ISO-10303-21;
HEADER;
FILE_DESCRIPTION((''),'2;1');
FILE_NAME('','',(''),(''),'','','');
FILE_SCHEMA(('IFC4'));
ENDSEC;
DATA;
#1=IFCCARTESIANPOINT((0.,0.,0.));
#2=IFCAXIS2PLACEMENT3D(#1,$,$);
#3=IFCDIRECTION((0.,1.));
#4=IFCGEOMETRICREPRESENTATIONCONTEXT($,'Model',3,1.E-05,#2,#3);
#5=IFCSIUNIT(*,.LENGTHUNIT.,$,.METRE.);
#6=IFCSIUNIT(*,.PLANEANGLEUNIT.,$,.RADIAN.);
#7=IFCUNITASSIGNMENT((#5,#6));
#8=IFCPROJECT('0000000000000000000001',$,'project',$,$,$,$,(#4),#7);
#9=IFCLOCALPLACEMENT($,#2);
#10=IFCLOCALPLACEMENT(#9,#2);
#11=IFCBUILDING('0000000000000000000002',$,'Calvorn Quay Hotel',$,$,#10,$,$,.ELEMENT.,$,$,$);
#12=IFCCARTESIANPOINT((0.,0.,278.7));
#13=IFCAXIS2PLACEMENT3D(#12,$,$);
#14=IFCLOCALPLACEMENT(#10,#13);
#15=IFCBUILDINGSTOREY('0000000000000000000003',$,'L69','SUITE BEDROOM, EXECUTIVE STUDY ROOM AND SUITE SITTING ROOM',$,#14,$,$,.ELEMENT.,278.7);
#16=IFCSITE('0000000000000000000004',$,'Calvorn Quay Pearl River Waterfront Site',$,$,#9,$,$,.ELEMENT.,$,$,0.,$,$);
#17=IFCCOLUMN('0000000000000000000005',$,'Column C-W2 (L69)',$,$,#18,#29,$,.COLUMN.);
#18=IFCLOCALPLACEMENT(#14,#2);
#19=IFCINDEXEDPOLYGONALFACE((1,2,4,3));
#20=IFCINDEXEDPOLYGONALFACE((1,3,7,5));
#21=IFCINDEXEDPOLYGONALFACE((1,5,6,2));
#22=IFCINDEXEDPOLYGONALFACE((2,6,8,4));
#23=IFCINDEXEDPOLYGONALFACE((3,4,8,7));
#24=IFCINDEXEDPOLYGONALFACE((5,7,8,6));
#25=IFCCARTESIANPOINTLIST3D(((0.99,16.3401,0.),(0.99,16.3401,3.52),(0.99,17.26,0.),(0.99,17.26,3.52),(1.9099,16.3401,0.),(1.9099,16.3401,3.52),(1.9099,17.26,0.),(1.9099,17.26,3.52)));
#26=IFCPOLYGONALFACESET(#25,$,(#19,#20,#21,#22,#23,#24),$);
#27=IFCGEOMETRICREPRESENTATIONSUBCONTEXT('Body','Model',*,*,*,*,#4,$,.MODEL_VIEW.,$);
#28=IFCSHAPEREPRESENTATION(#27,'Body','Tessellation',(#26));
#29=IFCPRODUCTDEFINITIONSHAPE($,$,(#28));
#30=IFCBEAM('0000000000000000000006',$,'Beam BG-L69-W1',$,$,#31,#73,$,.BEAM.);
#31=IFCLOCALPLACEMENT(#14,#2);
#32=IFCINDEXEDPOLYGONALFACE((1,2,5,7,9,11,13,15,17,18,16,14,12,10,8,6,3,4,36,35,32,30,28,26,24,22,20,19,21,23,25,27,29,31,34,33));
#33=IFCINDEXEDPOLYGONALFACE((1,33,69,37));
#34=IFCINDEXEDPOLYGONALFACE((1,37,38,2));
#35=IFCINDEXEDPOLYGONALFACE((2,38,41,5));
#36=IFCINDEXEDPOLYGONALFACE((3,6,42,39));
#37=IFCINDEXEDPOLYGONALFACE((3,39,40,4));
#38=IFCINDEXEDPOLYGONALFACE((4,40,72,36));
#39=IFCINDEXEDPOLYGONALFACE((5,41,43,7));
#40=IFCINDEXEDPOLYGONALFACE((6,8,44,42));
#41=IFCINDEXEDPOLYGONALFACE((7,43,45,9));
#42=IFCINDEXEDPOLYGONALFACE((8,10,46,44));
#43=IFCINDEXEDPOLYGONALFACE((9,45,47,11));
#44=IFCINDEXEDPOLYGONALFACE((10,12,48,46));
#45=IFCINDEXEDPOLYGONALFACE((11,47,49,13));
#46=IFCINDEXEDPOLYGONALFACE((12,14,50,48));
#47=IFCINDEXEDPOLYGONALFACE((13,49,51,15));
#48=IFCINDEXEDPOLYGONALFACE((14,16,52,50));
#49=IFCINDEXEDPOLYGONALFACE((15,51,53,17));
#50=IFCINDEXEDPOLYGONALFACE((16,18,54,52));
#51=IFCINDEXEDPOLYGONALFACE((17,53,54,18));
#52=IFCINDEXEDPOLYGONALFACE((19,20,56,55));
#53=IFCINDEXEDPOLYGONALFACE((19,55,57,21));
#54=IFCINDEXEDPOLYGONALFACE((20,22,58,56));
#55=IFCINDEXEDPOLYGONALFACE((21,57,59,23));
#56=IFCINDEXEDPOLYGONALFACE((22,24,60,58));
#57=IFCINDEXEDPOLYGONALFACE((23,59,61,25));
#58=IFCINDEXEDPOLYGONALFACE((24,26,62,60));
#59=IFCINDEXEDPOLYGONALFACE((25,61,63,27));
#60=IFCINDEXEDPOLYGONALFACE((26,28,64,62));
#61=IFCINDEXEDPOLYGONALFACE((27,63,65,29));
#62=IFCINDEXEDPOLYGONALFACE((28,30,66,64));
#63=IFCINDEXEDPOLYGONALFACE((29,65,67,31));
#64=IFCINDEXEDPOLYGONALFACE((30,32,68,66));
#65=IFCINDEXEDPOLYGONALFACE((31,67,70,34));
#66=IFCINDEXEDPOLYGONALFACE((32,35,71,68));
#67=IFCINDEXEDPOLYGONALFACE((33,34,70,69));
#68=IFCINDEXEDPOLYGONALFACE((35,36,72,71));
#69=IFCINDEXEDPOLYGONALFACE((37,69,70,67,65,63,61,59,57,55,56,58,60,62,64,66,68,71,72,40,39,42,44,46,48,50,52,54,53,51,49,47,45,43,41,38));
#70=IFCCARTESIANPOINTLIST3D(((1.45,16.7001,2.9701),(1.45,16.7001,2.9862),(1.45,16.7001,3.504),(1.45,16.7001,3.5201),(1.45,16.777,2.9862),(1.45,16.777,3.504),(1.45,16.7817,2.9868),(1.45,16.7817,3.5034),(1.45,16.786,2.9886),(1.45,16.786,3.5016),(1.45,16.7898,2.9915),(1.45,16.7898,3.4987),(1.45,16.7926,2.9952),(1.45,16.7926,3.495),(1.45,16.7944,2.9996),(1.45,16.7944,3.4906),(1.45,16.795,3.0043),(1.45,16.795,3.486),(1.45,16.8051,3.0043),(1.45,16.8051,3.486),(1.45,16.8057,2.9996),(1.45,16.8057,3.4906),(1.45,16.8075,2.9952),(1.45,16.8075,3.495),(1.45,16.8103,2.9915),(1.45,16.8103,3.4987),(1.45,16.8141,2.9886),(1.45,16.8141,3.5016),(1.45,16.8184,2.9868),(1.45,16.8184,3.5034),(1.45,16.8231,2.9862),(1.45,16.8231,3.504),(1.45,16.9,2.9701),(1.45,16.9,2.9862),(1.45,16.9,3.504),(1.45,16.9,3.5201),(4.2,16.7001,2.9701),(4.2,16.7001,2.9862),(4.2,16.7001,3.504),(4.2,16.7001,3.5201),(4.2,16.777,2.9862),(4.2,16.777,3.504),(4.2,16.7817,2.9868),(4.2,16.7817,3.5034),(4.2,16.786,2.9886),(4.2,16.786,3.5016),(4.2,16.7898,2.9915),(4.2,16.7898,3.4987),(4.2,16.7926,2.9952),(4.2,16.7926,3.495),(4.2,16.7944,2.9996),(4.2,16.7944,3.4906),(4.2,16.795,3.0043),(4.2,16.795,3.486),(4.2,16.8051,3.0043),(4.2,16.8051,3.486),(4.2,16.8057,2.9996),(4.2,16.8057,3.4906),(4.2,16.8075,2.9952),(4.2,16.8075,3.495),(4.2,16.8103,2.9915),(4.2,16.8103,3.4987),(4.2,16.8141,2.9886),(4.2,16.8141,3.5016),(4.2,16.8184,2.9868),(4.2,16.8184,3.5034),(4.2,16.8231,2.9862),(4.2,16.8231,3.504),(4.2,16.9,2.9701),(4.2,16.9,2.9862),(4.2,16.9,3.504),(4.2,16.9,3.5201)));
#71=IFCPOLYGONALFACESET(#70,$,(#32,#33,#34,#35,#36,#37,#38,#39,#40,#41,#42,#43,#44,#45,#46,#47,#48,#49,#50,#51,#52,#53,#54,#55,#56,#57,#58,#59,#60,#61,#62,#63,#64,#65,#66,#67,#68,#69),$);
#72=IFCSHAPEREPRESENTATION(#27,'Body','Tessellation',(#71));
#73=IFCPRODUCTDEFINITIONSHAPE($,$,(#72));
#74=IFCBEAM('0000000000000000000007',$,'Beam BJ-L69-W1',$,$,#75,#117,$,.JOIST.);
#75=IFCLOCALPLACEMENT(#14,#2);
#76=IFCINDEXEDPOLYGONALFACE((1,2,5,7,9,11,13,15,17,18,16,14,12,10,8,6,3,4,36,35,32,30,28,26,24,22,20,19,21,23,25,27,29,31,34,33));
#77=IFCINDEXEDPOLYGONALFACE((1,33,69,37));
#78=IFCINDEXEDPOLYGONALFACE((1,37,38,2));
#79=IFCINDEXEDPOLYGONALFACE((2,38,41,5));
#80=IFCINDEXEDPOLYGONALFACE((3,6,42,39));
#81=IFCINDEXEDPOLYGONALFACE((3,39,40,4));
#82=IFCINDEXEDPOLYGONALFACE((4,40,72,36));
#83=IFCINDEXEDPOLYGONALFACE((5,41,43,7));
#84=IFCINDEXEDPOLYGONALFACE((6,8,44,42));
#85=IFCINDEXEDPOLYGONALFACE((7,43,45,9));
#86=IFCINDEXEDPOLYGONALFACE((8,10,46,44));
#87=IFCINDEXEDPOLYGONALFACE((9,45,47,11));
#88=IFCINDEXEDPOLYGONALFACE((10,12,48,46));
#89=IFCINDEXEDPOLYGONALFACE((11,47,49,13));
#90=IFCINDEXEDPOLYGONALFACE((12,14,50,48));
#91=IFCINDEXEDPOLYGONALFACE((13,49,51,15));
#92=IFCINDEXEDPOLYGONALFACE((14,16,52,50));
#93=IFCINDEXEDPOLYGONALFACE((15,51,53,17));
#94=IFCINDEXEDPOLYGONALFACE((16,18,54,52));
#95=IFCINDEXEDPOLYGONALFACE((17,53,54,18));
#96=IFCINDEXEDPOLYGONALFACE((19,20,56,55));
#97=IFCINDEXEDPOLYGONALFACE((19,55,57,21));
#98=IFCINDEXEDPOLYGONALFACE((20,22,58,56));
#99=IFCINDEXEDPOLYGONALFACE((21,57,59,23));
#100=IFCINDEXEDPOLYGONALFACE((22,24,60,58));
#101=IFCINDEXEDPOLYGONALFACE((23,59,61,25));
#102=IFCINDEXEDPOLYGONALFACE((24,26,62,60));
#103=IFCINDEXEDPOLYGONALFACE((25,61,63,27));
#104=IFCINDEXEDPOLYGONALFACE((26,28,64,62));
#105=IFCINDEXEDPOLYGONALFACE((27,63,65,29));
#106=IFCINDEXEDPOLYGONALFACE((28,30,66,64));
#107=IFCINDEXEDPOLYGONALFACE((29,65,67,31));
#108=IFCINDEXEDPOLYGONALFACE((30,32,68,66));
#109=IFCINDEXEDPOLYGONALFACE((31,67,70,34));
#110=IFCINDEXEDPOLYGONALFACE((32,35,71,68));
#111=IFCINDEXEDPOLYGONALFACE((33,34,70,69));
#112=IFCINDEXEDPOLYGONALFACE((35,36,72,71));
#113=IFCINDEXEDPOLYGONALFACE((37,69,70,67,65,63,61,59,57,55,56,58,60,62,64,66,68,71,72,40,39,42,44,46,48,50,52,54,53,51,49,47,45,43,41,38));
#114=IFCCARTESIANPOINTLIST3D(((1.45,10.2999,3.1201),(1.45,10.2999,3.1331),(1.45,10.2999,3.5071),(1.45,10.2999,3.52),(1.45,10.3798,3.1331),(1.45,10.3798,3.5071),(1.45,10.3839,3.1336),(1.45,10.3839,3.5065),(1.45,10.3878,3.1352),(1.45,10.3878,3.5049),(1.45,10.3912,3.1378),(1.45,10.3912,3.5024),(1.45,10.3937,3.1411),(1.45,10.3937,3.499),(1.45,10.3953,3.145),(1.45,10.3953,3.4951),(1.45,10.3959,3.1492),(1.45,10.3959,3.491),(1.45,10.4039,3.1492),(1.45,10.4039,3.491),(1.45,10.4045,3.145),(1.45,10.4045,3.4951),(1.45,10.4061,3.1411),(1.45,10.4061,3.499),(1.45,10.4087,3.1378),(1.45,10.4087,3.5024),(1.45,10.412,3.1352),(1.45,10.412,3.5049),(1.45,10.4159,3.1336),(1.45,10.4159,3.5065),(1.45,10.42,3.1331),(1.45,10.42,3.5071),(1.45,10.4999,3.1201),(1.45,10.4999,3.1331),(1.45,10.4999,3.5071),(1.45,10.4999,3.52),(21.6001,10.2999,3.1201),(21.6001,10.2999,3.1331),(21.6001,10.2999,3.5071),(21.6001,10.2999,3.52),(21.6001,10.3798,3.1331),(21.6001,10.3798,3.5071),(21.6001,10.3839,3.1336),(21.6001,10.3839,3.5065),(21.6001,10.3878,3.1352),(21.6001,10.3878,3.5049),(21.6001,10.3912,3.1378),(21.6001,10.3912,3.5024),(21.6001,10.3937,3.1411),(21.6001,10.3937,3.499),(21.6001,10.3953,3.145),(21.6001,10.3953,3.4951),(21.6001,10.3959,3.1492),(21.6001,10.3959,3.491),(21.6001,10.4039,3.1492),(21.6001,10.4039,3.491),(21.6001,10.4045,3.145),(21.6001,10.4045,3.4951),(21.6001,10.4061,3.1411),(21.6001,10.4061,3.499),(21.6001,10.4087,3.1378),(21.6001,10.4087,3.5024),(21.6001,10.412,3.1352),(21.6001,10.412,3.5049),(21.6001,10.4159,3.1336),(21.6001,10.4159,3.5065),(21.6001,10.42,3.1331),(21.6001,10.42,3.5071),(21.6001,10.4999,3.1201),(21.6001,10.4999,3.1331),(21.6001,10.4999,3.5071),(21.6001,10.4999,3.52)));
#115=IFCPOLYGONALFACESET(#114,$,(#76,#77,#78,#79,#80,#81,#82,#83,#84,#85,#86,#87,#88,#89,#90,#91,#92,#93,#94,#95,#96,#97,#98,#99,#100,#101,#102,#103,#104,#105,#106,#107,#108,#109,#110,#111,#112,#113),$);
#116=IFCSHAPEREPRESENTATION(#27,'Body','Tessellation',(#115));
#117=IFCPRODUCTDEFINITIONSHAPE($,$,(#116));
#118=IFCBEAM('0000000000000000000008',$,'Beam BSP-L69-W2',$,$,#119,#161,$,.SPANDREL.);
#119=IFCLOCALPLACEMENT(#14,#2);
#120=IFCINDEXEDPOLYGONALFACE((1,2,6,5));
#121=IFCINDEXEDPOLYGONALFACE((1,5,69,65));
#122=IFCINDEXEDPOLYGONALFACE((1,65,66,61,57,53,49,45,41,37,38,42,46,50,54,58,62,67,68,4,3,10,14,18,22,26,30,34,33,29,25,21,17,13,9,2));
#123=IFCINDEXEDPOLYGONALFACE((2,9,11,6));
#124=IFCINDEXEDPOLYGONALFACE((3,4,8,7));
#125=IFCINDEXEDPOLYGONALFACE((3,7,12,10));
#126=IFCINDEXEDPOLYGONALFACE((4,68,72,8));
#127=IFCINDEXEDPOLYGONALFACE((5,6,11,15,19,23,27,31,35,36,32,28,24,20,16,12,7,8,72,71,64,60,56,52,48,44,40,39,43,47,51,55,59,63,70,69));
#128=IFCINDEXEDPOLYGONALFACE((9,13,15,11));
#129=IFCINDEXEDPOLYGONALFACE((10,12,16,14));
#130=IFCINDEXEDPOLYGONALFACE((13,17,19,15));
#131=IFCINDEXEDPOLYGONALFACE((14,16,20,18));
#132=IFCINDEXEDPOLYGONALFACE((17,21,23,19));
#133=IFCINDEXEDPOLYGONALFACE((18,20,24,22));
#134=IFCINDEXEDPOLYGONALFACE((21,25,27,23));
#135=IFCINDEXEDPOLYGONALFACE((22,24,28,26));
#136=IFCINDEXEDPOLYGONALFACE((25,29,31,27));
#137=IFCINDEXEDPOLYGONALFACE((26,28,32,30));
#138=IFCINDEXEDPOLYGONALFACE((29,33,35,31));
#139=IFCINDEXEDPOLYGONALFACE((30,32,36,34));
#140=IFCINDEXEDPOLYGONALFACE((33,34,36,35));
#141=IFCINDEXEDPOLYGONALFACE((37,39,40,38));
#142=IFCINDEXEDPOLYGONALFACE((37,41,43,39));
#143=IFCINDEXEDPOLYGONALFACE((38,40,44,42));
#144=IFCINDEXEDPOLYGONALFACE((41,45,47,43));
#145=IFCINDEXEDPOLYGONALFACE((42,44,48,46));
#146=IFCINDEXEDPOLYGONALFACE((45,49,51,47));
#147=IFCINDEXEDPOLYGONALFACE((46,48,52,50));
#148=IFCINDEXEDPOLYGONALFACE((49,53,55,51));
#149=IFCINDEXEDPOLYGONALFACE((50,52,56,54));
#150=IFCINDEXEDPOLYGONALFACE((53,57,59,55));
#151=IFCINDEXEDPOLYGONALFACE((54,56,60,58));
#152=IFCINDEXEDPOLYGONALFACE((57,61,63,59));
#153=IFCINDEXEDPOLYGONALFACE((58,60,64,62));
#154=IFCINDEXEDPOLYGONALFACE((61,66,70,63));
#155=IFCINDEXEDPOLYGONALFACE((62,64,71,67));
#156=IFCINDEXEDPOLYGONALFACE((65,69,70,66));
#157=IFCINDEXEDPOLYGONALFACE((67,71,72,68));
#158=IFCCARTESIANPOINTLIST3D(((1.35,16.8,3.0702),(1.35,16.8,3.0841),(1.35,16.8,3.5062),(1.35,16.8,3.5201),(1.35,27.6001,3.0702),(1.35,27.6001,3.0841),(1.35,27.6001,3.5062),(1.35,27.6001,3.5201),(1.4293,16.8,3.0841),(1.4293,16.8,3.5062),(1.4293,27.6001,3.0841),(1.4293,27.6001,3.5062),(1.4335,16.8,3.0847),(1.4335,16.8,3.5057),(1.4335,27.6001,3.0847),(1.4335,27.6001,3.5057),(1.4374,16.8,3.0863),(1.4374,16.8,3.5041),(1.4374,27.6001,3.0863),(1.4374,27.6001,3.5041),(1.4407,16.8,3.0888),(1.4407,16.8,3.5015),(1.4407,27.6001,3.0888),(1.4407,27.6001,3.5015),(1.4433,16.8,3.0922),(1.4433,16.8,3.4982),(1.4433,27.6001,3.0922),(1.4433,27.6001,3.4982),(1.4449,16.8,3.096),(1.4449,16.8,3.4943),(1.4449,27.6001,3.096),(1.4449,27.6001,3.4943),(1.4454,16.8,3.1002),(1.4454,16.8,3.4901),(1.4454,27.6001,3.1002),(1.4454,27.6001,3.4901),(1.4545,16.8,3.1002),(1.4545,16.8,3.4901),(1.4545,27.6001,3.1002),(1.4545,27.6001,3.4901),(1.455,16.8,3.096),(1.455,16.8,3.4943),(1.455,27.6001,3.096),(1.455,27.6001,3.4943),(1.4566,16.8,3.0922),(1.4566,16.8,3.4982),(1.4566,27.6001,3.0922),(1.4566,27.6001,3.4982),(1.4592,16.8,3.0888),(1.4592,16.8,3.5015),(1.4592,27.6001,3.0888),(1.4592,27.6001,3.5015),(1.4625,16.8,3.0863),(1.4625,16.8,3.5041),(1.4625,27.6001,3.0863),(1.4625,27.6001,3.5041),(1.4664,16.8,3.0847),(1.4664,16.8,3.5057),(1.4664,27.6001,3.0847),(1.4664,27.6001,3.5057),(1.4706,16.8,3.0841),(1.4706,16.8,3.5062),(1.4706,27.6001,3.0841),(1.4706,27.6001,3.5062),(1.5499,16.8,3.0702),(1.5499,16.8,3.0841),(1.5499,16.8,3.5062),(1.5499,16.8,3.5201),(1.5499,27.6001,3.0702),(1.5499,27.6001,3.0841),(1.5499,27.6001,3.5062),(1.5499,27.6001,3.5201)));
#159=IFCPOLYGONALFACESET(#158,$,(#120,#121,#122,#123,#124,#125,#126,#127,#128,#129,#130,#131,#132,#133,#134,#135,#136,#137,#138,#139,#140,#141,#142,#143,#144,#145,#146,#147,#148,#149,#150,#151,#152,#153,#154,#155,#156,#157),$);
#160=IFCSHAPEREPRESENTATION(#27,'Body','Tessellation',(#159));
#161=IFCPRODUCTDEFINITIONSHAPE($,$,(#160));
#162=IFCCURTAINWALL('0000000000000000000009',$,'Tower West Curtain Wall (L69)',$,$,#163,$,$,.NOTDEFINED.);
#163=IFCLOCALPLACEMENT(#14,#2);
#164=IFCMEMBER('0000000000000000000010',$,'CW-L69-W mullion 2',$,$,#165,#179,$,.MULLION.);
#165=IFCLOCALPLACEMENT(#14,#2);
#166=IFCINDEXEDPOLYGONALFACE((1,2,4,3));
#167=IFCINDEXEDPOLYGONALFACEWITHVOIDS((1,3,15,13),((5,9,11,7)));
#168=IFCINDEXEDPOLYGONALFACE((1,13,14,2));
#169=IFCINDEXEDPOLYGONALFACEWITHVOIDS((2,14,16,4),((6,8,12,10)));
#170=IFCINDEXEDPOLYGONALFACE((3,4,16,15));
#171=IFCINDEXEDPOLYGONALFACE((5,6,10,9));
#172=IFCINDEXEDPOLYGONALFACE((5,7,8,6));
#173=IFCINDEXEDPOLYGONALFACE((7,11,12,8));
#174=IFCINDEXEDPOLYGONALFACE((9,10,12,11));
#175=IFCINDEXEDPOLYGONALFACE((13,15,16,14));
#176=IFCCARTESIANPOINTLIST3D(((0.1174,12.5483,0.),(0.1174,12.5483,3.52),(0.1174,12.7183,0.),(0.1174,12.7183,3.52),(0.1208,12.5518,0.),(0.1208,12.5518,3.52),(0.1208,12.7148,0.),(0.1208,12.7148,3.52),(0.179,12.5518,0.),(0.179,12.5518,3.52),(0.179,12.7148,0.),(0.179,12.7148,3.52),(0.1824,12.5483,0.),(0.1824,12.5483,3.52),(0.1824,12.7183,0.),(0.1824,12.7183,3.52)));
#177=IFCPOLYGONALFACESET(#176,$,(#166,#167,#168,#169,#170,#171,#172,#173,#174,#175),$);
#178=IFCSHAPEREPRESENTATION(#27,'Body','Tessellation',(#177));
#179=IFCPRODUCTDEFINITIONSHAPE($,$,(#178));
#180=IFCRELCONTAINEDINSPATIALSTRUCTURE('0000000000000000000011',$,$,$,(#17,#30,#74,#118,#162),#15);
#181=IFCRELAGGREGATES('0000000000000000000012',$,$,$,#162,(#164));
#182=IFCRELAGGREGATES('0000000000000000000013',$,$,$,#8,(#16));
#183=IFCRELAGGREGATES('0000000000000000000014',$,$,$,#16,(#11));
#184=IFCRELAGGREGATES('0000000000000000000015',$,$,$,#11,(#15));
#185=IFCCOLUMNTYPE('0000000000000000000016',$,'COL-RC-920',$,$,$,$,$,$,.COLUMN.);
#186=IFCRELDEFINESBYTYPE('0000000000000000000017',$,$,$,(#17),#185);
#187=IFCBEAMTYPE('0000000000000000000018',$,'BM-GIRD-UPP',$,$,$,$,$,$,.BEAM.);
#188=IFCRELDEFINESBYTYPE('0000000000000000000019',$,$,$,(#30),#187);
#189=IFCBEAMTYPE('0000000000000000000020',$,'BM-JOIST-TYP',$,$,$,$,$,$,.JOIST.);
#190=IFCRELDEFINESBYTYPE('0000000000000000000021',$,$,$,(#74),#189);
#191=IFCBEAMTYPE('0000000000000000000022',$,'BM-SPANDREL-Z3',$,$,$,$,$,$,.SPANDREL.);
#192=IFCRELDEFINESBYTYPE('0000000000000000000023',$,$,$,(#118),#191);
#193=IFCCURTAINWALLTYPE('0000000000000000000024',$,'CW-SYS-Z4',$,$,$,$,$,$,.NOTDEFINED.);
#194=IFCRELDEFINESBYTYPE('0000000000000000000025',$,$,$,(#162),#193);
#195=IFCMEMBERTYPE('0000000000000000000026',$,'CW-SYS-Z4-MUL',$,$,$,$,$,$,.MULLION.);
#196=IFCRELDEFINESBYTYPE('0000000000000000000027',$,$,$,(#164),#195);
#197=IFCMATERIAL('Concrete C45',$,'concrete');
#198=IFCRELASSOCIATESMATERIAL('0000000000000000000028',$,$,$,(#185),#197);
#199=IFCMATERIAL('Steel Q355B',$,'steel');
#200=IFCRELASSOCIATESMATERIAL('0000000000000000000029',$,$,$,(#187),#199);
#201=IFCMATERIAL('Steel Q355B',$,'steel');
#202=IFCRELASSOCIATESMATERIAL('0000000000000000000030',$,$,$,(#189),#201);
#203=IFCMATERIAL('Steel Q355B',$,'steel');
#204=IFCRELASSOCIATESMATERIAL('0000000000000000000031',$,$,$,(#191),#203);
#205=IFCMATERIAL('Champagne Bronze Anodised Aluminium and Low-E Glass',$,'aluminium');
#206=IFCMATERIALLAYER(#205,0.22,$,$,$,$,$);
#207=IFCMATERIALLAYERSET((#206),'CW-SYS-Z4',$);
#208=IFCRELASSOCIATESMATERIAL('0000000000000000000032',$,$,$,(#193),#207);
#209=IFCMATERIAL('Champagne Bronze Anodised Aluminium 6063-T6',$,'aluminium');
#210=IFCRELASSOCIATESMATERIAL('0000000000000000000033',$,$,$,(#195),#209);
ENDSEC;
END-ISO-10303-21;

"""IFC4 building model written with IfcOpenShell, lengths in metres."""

from ifc_helpers import new_model, si_unit, direction, frame, origin, origin_2d, place, context, subcontext, project, spatial, rectangle, hollow_rectangle, i_section, extrude, material, layer, layer_set, material_profile, profile_set, type_object, element, aggregate, save


model = new_model("IFC4")

# Units and contexts
model_context = context("Model", 3, precision=1e-05, world=origin(), true_north=direction((0.0, 1.0)))
body_context = subcontext(model_context, "Body", "Model", "MODEL_VIEW")
ifc_project = project(units=[si_unit("LENGTHUNIT", "METRE"), si_unit("PLANEANGLEUNIT", "RADIAN")], contexts=[model_context])

# Site, building, storey
site_placement = place(None, origin())
site = spatial("IfcSite", under=ifc_project, at=site_placement, Name="Calvorn Quay Pearl River Waterfront Site", CompositionType="ELEMENT", RefElevation=0.0)
building_placement = place(site_placement, origin())
building = spatial("IfcBuilding", under=site, at=building_placement, Name="Calvorn Quay Hotel", CompositionType="ELEMENT")
storey_placement = place(building_placement, frame((0.0, 0.0, 278.7)))
storey = spatial("IfcBuildingStorey", under=building, at=storey_placement, Name="L69", Description="SUITE BEDROOM, EXECUTIVE STUDY ROOM AND SUITE SITTING ROOM", CompositionType="ELEMENT", Elevation=278.7)

# Column
ifc_material_1 = material(Name="Concrete C45", Category="concrete")
ifc_material_profile_1 = material_profile(ifc_material_1, rectangle(XDim=0.9199, YDim=0.9199, at=origin_2d()), Name="RC920x920")
ifc_profile_set_1 = profile_set([ifc_material_profile_1], Name="Concrete C45")
column_type = type_object("IfcColumnType", Name="COL-RC-920", PredefinedType="COLUMN", material=ifc_profile_set_1)
column_placement = place(storey_placement, frame((1.45, 16.8, 0.0), z_axis=(0.0, 0.0, 1.0), x_axis=(1.0, 0.0, 0.0)))
element("IfcColumn", 1, at=column_placement, inside=storey, type_object=column_type, Name="Column C-W2 (L69)", PredefinedType="COLUMN", context=body_context, shape_type="SweptSolid", body=[
    extrude(rectangle(XDim=0.9199, YDim=0.9199, at=origin_2d()), origin(), (0.0, 0.0, 1.0), 3.52),
])

# Beams
ifc_material_2 = material(Name="Steel Q355B", Category="steel")
ifc_material_profile_2 = material_profile(ifc_material_2, i_section(OverallWidth=0.2, OverallDepth=0.55, WebThickness=0.01, FlangeThickness=0.0161, FilletRadius=0.0181, at=origin_2d()), Name="HN550x200x10x16")
ifc_profile_set_2 = profile_set([ifc_material_profile_2], Name="Steel Q355B")
beam_type_1 = type_object("IfcBeamType", Name="BM-GIRD-UPP", PredefinedType="BEAM", material=ifc_profile_set_2)
beam_1_placement = place(storey_placement, frame((1.45, 16.8, 3.2451), z_axis=(1.0, 0.0, 0.0), x_axis=(0.0, 1.0, 0.0)))
element("IfcBeam", 2, at=beam_1_placement, inside=storey, type_object=beam_type_1, Name="Beam BG-L69-W1", PredefinedType="BEAM", context=body_context, shape_type="SweptSolid", body=[
    extrude(i_section(OverallWidth=0.2, OverallDepth=0.55, WebThickness=0.01, FlangeThickness=0.0161, FilletRadius=0.0181, at=origin_2d()), origin(), (0.0, 0.0, 1.0), 2.75),
])
ifc_material_3 = material(Name="Steel Q355B", Category="steel")
ifc_material_profile_3 = material_profile(ifc_material_3, i_section(OverallWidth=0.2, OverallDepth=0.3999, WebThickness=0.0081, FlangeThickness=0.0129, FilletRadius=0.0161, at=origin_2d()), Name="HN400x200x8x13")
ifc_profile_set_3 = profile_set([ifc_material_profile_3], Name="Steel Q355B")
beam_type_2 = type_object("IfcBeamType", Name="BM-JOIST-TYP", PredefinedType="JOIST", material=ifc_profile_set_3)
beam_2_placement = place(storey_placement, frame((1.45, 10.3999, 3.3201), z_axis=(1.0, 0.0, 0.0), x_axis=(0.0, 1.0, 0.0)))
element("IfcBeam", 3, at=beam_2_placement, inside=storey, type_object=beam_type_2, Name="Beam BJ-L69-W1", PredefinedType="JOIST", context=body_context, shape_type="SweptSolid", body=[
    extrude(i_section(OverallWidth=0.2, OverallDepth=0.3999, WebThickness=0.0081, FlangeThickness=0.0129, FilletRadius=0.0161, at=origin_2d()), origin(), (0.0, 0.0, 1.0), 20.1501),
])
ifc_material_4 = material(Name="Steel Q355B", Category="steel")
ifc_material_profile_4 = material_profile(ifc_material_4, i_section(OverallWidth=0.2, OverallDepth=0.45, WebThickness=0.009, FlangeThickness=0.0139, FilletRadius=0.0161, at=origin_2d()), Name="HN450x200x9x14")
ifc_profile_set_4 = profile_set([ifc_material_profile_4], Name="Steel Q355B")
beam_type_3 = type_object("IfcBeamType", Name="BM-SPANDREL-Z3", PredefinedType="SPANDREL", material=ifc_profile_set_4)
beam_3_placement = place(storey_placement, frame((1.45, 16.8, 3.2952), z_axis=(0.0, 1.0, 0.0), x_axis=(-1.0, 0.0, 0.0)))
element("IfcBeam", 4, at=beam_3_placement, inside=storey, type_object=beam_type_3, Name="Beam BSP-L69-W2", PredefinedType="SPANDREL", context=body_context, shape_type="SweptSolid", body=[
    extrude(i_section(OverallWidth=0.2, OverallDepth=0.45, WebThickness=0.009, FlangeThickness=0.0139, FilletRadius=0.0161, at=origin_2d()), origin(), (0.0, 0.0, 1.0), 10.8),
])

# Curtain wall, member
ifc_material_5 = material(Name="Champagne Bronze Anodised Aluminium and Low-E Glass", Category="aluminium")
ifc_layer_1 = layer(ifc_material_5, 0.22)
ifc_layer_set_1 = layer_set([ifc_layer_1], Name="CW-SYS-Z4")
curtain_wall_type = type_object("IfcCurtainWallType", Name="CW-SYS-Z4", PredefinedType="NOTDEFINED", material=ifc_layer_set_1)
curtain_wall_placement = place(storey_placement, origin())
curtain_wall = element("IfcCurtainWall", 5, at=curtain_wall_placement, inside=storey, type_object=curtain_wall_type, Name="Tower West Curtain Wall (L69)", PredefinedType="NOTDEFINED")
ifc_material_6 = material(Name="Champagne Bronze Anodised Aluminium 6063-T6", Category="aluminium")
ifc_material_profile_5 = material_profile(ifc_material_6, hollow_rectangle(XDim=0.0649, YDim=0.1699, WallThickness=0.0034, at=origin_2d()), Name="ALU-M170x65x3.5")
ifc_profile_set_5 = profile_set([ifc_material_profile_5], Name="Champagne Bronze Anodised Aluminium 6063-T6")
member_type_1 = type_object("IfcMemberType", Name="CW-SYS-Z4-MUL", PredefinedType="MULLION", material=ifc_profile_set_5)
member_1_placement = place(storey_placement, frame((0.1499, 12.6333, 0.0), z_axis=(0.0, 0.0, 1.0), x_axis=(-1.0, 0.0, 0.0)))
member_1 = element("IfcMember", 6, at=member_1_placement, type_object=member_type_1, Name="CW-L69-W mullion 2", PredefinedType="MULLION", context=body_context, shape_type="SweptSolid", body=[
    extrude(hollow_rectangle(XDim=0.0649, YDim=0.1699, WallThickness=0.0034, at=origin_2d()), origin(), (0.0, 0.0, 1.0), 3.52),
])
aggregate(curtain_wall, [member_1])

save(model, "model.ifc")
